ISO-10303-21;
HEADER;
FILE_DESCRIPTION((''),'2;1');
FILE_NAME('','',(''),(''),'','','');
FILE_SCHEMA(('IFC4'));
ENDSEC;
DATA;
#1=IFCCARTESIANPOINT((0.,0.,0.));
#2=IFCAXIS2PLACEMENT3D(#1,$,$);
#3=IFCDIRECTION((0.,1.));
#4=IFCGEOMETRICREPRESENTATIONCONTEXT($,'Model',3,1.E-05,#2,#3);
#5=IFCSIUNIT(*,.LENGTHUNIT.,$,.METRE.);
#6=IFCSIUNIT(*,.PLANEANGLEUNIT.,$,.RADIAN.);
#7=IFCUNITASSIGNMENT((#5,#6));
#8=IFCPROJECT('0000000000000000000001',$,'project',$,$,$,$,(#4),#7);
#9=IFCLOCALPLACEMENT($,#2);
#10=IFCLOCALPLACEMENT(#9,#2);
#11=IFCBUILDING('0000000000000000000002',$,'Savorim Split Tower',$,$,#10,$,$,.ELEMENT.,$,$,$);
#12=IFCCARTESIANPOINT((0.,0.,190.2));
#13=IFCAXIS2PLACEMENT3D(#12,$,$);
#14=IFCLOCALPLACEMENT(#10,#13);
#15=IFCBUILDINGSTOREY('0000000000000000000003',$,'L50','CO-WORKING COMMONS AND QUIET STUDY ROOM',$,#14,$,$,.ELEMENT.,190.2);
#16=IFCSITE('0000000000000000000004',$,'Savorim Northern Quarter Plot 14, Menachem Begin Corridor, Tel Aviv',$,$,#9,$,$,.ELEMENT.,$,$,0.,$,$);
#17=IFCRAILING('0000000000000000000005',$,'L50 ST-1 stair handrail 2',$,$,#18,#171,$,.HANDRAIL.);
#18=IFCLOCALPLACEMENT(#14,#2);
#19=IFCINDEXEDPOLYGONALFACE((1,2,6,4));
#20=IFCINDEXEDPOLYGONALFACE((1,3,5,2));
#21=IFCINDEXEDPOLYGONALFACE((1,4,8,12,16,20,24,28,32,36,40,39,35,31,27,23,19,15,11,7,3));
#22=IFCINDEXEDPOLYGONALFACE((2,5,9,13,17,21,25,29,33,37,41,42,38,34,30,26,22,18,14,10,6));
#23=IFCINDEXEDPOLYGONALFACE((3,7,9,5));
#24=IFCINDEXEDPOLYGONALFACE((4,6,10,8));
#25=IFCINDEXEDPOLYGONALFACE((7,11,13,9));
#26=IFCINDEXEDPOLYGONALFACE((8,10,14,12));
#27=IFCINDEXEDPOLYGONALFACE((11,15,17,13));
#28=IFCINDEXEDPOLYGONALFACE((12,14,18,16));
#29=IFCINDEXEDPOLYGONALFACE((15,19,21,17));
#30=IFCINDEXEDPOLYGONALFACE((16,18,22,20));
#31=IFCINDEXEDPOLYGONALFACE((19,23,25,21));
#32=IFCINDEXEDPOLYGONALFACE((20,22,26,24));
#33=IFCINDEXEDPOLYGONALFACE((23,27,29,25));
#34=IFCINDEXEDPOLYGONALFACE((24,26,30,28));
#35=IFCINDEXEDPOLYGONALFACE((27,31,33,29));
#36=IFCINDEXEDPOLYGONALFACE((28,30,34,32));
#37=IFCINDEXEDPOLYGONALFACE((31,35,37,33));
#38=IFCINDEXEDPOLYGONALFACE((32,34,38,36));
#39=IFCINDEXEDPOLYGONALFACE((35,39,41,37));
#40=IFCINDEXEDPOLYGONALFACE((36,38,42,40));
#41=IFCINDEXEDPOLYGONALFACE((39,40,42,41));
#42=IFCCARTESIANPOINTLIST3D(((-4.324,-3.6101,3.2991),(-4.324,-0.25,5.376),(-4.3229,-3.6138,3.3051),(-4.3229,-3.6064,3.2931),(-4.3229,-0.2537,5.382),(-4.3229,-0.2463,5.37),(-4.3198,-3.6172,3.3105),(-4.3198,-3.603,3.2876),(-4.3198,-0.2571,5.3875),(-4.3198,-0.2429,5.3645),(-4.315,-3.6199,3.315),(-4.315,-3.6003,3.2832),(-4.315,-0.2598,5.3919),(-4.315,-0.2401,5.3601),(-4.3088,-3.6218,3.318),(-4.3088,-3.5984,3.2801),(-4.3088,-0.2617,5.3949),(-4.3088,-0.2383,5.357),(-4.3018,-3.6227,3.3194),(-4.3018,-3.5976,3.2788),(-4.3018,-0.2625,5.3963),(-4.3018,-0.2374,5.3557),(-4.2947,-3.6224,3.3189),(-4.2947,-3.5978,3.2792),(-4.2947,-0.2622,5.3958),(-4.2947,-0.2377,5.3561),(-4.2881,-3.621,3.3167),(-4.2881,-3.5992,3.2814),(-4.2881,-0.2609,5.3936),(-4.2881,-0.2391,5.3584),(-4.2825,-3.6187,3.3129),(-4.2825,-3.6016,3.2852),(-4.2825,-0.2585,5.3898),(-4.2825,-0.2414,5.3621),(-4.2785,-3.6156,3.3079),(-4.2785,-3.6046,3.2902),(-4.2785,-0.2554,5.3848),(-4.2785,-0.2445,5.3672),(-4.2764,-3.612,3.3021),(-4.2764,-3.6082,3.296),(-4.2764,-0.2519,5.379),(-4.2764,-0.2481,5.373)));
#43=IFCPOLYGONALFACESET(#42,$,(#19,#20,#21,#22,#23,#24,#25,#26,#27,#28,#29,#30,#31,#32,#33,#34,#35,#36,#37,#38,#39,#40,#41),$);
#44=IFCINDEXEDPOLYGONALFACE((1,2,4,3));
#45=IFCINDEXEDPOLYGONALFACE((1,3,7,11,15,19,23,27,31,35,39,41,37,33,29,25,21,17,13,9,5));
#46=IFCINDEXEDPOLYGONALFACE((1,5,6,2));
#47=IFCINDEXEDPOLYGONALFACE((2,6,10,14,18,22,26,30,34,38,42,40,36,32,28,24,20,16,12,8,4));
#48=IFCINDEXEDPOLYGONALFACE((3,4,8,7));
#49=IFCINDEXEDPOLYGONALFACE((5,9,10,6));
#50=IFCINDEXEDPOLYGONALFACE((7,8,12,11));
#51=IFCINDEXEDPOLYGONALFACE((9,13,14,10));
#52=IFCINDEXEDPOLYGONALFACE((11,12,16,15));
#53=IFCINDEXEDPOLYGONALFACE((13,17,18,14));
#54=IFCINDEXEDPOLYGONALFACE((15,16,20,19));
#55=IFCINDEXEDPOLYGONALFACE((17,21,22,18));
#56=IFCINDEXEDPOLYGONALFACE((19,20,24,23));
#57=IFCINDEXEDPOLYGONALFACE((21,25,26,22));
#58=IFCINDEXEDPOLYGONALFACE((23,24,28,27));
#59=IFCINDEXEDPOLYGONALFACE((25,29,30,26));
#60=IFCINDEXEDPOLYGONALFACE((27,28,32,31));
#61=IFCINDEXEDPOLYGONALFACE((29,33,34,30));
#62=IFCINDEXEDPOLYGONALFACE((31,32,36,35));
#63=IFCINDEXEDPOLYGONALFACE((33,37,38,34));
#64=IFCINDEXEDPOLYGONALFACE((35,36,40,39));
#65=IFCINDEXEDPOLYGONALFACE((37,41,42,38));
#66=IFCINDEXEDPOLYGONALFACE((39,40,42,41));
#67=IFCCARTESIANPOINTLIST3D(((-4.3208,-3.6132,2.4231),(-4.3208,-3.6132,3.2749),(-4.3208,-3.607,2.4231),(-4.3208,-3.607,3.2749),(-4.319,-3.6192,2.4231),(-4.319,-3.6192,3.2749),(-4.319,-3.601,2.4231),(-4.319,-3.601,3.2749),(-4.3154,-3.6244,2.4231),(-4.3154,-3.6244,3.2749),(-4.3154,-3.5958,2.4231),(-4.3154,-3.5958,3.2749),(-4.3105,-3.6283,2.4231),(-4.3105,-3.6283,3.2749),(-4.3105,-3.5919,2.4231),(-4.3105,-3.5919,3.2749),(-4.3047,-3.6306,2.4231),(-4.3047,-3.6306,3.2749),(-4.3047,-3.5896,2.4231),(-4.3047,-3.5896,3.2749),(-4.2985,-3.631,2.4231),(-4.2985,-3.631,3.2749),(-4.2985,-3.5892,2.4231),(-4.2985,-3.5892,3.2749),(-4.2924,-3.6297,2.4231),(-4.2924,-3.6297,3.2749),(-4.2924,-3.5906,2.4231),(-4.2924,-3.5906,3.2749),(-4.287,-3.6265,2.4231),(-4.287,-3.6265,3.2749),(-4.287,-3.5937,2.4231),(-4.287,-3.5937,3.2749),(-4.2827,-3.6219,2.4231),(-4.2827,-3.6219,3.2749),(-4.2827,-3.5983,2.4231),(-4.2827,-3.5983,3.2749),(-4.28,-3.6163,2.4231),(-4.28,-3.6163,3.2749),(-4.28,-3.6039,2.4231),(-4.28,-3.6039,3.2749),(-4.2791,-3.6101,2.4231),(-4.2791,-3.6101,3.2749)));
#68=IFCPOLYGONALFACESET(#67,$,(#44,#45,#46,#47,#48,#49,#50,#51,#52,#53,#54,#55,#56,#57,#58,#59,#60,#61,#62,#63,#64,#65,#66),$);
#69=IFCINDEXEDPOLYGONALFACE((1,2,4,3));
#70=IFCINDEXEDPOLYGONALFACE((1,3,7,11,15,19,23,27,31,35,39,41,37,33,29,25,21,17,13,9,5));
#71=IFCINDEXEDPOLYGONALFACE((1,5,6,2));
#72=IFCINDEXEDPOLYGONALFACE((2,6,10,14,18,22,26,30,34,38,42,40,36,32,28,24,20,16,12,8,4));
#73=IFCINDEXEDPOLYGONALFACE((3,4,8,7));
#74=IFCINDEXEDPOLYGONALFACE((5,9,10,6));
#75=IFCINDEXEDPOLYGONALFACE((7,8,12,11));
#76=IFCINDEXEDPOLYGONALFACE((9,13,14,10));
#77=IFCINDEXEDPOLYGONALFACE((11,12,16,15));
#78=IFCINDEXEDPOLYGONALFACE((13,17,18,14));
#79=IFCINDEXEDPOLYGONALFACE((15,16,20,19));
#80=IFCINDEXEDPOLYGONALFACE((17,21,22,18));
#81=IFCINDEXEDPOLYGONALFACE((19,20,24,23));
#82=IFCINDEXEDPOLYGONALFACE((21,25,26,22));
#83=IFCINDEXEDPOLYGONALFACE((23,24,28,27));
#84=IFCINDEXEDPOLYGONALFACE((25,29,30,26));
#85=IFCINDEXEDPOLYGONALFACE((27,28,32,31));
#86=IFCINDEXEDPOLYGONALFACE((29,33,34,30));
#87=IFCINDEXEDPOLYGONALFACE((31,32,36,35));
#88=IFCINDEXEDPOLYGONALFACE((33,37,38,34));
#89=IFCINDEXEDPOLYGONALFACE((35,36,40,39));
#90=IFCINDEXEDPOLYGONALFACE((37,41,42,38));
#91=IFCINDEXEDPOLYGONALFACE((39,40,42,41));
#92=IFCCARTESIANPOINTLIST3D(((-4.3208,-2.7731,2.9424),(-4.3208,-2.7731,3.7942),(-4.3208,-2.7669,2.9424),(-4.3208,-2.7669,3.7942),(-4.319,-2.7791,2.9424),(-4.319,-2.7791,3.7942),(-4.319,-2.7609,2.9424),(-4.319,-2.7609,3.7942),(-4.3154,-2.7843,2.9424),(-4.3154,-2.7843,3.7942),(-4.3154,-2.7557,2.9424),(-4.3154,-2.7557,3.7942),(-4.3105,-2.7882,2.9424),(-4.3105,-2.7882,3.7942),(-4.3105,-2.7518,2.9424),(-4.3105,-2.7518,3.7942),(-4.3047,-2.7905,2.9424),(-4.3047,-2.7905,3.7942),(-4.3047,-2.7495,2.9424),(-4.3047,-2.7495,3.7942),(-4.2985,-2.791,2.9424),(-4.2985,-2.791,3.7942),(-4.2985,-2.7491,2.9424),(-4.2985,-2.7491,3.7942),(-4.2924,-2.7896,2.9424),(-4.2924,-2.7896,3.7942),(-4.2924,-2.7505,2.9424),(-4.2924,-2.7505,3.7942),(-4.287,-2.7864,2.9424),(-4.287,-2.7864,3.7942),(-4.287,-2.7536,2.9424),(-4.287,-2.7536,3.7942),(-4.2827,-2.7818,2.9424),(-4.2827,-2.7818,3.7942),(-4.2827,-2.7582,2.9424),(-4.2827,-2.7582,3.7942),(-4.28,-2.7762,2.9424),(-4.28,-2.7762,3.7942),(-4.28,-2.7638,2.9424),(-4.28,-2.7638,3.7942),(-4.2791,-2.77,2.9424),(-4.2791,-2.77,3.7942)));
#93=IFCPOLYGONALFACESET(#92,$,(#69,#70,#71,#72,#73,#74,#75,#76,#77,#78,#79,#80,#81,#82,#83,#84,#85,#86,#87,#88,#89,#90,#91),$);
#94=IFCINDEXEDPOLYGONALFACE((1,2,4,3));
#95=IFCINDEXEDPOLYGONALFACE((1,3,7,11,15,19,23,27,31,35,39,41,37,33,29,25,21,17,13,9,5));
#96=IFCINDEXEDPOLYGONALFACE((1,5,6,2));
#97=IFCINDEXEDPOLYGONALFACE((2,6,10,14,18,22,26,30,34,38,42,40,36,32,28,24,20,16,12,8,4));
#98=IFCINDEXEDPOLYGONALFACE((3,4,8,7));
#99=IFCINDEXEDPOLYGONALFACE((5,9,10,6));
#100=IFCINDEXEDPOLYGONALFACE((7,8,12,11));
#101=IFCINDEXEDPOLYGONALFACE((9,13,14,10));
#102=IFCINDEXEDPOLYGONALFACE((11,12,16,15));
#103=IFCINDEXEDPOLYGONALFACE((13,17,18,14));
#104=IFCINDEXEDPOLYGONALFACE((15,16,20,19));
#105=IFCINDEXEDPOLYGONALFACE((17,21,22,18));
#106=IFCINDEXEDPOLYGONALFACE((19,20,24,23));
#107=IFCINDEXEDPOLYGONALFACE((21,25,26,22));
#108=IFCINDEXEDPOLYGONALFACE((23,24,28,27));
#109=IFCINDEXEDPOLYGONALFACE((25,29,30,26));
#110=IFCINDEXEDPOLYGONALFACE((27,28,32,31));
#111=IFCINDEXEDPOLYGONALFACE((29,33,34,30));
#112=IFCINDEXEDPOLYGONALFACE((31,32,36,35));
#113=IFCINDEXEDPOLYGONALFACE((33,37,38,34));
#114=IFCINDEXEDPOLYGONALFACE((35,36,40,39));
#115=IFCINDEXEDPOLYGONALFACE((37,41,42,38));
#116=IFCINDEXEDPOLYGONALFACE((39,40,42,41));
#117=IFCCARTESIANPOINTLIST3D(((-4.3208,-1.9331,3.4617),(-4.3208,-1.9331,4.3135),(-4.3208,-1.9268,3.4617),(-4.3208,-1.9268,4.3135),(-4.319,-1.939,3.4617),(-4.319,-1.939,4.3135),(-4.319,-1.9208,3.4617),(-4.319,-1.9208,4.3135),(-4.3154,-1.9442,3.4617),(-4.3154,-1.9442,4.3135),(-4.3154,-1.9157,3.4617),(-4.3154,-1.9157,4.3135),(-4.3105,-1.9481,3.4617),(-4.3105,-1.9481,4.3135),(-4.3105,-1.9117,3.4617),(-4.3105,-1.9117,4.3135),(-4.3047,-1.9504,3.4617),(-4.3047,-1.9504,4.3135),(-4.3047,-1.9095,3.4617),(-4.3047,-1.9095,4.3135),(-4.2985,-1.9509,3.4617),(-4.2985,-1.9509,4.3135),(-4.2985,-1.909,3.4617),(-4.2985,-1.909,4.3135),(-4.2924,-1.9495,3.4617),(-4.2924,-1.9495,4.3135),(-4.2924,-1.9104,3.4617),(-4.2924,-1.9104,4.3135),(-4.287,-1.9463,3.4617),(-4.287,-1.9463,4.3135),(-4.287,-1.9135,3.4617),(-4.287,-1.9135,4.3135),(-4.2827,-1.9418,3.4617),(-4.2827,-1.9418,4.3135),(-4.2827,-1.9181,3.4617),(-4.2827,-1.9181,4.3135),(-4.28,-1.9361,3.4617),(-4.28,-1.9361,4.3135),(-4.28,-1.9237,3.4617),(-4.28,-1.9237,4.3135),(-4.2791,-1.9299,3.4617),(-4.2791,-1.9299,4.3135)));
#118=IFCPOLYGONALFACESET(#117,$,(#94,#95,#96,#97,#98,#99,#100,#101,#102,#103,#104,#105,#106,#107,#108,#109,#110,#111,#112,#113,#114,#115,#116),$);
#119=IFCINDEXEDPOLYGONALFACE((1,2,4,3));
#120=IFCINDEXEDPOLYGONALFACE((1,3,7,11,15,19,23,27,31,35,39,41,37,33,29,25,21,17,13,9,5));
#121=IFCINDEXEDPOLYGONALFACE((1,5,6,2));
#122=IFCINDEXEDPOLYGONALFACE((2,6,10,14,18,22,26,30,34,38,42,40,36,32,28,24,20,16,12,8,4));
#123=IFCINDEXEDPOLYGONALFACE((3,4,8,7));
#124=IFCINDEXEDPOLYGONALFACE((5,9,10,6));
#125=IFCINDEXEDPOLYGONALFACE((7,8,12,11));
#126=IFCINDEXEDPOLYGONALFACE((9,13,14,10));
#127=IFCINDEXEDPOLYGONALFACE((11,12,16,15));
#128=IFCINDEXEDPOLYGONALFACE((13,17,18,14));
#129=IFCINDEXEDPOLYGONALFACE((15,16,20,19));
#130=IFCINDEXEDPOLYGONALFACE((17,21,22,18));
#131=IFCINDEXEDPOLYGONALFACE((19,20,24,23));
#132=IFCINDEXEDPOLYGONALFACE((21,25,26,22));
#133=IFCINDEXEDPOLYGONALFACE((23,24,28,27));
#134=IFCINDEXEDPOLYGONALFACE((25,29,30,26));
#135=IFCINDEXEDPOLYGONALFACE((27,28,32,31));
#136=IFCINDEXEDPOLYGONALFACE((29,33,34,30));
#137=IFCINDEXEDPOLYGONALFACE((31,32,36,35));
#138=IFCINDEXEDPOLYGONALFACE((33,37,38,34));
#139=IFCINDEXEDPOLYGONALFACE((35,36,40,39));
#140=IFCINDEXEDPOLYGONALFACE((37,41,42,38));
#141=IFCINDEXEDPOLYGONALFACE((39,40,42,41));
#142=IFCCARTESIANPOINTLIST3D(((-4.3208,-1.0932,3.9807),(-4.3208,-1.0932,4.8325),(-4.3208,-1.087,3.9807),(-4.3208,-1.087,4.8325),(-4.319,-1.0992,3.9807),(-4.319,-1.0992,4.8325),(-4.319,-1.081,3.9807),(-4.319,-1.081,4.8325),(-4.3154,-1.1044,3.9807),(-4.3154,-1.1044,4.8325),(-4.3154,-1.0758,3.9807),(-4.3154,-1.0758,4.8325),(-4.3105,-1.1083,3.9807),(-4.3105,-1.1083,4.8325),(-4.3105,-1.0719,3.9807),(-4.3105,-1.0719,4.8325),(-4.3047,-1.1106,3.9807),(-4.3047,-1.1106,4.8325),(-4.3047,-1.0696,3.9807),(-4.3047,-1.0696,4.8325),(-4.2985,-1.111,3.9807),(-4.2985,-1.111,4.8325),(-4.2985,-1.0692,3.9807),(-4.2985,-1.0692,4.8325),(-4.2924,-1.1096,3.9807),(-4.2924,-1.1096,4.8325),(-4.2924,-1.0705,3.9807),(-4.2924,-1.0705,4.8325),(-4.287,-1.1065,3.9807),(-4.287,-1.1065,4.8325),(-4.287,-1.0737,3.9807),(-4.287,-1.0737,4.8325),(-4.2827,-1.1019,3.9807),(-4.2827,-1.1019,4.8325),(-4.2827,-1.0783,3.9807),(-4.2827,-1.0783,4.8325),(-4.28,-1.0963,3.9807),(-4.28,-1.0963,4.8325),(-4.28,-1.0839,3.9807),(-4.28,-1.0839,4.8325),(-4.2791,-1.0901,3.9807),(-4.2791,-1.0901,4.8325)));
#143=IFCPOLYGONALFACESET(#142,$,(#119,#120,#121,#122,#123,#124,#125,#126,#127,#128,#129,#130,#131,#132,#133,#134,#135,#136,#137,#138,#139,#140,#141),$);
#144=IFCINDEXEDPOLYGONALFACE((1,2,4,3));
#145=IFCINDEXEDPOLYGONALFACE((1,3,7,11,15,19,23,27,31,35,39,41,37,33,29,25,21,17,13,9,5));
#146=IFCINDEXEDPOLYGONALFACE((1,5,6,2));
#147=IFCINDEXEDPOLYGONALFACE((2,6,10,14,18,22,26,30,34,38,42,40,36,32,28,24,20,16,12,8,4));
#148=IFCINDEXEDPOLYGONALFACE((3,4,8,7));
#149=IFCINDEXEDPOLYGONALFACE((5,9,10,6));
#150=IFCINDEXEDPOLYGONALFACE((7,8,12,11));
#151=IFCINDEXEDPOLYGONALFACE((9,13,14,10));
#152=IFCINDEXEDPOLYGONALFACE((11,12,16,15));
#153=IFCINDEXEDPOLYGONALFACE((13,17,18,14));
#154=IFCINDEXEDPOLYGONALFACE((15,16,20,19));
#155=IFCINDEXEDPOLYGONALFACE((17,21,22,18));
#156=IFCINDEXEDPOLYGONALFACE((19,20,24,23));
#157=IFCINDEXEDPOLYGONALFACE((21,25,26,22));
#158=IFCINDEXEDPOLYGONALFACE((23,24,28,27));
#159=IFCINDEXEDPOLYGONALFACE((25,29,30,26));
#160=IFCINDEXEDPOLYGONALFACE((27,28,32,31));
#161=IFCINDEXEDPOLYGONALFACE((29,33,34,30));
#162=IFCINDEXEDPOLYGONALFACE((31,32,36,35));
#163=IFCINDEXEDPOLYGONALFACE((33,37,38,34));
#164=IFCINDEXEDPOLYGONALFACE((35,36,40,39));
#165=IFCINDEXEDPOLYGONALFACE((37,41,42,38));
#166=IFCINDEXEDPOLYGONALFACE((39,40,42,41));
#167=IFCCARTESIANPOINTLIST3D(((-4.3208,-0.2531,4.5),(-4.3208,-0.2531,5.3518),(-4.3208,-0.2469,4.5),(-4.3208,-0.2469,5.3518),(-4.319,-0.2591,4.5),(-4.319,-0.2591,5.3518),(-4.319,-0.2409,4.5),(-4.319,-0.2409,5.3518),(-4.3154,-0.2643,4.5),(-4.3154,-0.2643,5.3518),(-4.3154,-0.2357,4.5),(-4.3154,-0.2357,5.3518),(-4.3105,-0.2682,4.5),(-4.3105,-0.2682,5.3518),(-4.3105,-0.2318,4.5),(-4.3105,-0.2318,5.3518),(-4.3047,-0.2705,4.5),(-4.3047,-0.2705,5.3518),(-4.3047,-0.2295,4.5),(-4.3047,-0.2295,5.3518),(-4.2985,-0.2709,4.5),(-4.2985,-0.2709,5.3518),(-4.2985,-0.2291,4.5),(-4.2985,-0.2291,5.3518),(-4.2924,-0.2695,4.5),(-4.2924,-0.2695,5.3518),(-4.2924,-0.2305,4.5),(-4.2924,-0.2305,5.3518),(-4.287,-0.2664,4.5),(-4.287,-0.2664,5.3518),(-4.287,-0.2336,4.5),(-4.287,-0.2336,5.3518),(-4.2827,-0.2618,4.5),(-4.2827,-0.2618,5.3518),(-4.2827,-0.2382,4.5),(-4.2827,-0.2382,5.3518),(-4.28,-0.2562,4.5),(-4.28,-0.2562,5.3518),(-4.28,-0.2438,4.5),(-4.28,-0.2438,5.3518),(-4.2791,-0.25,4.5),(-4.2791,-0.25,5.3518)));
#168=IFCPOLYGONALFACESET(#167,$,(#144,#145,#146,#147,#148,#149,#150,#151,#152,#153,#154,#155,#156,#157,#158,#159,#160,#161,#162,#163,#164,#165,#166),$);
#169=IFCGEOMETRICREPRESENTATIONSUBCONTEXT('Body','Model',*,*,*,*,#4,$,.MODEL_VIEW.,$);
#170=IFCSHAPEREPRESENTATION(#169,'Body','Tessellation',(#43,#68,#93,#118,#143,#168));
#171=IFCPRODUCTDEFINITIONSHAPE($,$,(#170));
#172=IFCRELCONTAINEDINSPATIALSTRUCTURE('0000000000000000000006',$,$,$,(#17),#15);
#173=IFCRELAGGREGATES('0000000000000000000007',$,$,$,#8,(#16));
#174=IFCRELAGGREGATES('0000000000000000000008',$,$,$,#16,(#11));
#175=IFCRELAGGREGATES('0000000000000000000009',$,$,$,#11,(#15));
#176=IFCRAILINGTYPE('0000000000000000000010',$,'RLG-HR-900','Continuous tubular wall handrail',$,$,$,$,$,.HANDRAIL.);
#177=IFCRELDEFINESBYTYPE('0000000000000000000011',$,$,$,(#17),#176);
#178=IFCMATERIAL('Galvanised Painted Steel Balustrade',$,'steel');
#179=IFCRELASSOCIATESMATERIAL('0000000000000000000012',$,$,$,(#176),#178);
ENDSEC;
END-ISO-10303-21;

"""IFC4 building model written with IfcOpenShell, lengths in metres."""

from ifc_helpers import new_model, si_unit, direction, frame, origin, origin_2d, place, context, subcontext, project, spatial, circle, extrude, material, type_object, element, save


model = new_model("IFC4")

# Units and contexts
model_context = context("Model", 3, precision=1e-05, world=origin(), true_north=direction((0.0, 1.0)))
body_context = subcontext(model_context, "Body", "Model", "MODEL_VIEW")
ifc_project = project(units=[si_unit("LENGTHUNIT", "METRE"), si_unit("PLANEANGLEUNIT", "RADIAN")], contexts=[model_context])

# Site, building, storey
site_placement = place(None, origin())
site = spatial("IfcSite", under=ifc_project, at=site_placement, Name="Savorim Northern Quarter Plot 14, Menachem Begin Corridor, Tel Aviv", CompositionType="ELEMENT", RefElevation=0.0)
building_placement = place(site_placement, origin())
building = spatial("IfcBuilding", under=site, at=building_placement, Name="Savorim Split Tower", CompositionType="ELEMENT")
storey_placement = place(building_placement, frame((0.0, 0.0, 190.2)))
storey = spatial("IfcBuildingStorey", under=building, at=storey_placement, Name="L50", Description="CO-WORKING COMMONS AND QUIET STUDY ROOM", CompositionType="ELEMENT", Elevation=190.2)

# Railing
ifc_material_1 = material(Name="Galvanised Painted Steel Balustrade", Category="steel")
railing_type_1 = type_object("IfcRailingType", Name="RLG-HR-900", Description="Continuous tubular wall handrail", PredefinedType="HANDRAIL", material=ifc_material_1)
railing_1_placement = place(storey_placement, frame((-4.3, -3.6101, 2.4231)))
element("IfcRailing", 1, at=railing_1_placement, inside=storey, type_object=railing_type_1, Name="L50 ST-1 stair handrail 2", PredefinedType="HANDRAIL", context=body_context, shape_type="SweptSolid", body=[
    extrude(circle(Radius=0.0239, at=origin_2d()), frame((0.0, 0.0, 0.876), z_axis=(0.0, 0.850623, 0.525776), x_axis=(-1.0, 0.0, 0.0)), (0.0, 0.0, 1.0), 3.9502),
    extrude(circle(Radius=0.021, at=origin_2d()), origin(), (0.0, 0.0, 1.0), 0.8518),
    extrude(circle(Radius=0.021, at=origin_2d()), frame((0.0, 0.8401, 0.5193)), (0.0, 0.0, 1.0), 0.8518),
    extrude(circle(Radius=0.021, at=origin_2d()), frame((0.0, 1.6802, 1.0386)), (0.0, 0.0, 1.0), 0.8518),
    extrude(circle(Radius=0.021, at=origin_2d()), frame((0.0, 2.52, 1.5576)), (0.0, 0.0, 1.0), 0.8518),
    extrude(circle(Radius=0.021, at=origin_2d()), frame((0.0, 3.3601, 2.0769)), (0.0, 0.0, 1.0), 0.8518),
])

save(model, "model.ifc")
